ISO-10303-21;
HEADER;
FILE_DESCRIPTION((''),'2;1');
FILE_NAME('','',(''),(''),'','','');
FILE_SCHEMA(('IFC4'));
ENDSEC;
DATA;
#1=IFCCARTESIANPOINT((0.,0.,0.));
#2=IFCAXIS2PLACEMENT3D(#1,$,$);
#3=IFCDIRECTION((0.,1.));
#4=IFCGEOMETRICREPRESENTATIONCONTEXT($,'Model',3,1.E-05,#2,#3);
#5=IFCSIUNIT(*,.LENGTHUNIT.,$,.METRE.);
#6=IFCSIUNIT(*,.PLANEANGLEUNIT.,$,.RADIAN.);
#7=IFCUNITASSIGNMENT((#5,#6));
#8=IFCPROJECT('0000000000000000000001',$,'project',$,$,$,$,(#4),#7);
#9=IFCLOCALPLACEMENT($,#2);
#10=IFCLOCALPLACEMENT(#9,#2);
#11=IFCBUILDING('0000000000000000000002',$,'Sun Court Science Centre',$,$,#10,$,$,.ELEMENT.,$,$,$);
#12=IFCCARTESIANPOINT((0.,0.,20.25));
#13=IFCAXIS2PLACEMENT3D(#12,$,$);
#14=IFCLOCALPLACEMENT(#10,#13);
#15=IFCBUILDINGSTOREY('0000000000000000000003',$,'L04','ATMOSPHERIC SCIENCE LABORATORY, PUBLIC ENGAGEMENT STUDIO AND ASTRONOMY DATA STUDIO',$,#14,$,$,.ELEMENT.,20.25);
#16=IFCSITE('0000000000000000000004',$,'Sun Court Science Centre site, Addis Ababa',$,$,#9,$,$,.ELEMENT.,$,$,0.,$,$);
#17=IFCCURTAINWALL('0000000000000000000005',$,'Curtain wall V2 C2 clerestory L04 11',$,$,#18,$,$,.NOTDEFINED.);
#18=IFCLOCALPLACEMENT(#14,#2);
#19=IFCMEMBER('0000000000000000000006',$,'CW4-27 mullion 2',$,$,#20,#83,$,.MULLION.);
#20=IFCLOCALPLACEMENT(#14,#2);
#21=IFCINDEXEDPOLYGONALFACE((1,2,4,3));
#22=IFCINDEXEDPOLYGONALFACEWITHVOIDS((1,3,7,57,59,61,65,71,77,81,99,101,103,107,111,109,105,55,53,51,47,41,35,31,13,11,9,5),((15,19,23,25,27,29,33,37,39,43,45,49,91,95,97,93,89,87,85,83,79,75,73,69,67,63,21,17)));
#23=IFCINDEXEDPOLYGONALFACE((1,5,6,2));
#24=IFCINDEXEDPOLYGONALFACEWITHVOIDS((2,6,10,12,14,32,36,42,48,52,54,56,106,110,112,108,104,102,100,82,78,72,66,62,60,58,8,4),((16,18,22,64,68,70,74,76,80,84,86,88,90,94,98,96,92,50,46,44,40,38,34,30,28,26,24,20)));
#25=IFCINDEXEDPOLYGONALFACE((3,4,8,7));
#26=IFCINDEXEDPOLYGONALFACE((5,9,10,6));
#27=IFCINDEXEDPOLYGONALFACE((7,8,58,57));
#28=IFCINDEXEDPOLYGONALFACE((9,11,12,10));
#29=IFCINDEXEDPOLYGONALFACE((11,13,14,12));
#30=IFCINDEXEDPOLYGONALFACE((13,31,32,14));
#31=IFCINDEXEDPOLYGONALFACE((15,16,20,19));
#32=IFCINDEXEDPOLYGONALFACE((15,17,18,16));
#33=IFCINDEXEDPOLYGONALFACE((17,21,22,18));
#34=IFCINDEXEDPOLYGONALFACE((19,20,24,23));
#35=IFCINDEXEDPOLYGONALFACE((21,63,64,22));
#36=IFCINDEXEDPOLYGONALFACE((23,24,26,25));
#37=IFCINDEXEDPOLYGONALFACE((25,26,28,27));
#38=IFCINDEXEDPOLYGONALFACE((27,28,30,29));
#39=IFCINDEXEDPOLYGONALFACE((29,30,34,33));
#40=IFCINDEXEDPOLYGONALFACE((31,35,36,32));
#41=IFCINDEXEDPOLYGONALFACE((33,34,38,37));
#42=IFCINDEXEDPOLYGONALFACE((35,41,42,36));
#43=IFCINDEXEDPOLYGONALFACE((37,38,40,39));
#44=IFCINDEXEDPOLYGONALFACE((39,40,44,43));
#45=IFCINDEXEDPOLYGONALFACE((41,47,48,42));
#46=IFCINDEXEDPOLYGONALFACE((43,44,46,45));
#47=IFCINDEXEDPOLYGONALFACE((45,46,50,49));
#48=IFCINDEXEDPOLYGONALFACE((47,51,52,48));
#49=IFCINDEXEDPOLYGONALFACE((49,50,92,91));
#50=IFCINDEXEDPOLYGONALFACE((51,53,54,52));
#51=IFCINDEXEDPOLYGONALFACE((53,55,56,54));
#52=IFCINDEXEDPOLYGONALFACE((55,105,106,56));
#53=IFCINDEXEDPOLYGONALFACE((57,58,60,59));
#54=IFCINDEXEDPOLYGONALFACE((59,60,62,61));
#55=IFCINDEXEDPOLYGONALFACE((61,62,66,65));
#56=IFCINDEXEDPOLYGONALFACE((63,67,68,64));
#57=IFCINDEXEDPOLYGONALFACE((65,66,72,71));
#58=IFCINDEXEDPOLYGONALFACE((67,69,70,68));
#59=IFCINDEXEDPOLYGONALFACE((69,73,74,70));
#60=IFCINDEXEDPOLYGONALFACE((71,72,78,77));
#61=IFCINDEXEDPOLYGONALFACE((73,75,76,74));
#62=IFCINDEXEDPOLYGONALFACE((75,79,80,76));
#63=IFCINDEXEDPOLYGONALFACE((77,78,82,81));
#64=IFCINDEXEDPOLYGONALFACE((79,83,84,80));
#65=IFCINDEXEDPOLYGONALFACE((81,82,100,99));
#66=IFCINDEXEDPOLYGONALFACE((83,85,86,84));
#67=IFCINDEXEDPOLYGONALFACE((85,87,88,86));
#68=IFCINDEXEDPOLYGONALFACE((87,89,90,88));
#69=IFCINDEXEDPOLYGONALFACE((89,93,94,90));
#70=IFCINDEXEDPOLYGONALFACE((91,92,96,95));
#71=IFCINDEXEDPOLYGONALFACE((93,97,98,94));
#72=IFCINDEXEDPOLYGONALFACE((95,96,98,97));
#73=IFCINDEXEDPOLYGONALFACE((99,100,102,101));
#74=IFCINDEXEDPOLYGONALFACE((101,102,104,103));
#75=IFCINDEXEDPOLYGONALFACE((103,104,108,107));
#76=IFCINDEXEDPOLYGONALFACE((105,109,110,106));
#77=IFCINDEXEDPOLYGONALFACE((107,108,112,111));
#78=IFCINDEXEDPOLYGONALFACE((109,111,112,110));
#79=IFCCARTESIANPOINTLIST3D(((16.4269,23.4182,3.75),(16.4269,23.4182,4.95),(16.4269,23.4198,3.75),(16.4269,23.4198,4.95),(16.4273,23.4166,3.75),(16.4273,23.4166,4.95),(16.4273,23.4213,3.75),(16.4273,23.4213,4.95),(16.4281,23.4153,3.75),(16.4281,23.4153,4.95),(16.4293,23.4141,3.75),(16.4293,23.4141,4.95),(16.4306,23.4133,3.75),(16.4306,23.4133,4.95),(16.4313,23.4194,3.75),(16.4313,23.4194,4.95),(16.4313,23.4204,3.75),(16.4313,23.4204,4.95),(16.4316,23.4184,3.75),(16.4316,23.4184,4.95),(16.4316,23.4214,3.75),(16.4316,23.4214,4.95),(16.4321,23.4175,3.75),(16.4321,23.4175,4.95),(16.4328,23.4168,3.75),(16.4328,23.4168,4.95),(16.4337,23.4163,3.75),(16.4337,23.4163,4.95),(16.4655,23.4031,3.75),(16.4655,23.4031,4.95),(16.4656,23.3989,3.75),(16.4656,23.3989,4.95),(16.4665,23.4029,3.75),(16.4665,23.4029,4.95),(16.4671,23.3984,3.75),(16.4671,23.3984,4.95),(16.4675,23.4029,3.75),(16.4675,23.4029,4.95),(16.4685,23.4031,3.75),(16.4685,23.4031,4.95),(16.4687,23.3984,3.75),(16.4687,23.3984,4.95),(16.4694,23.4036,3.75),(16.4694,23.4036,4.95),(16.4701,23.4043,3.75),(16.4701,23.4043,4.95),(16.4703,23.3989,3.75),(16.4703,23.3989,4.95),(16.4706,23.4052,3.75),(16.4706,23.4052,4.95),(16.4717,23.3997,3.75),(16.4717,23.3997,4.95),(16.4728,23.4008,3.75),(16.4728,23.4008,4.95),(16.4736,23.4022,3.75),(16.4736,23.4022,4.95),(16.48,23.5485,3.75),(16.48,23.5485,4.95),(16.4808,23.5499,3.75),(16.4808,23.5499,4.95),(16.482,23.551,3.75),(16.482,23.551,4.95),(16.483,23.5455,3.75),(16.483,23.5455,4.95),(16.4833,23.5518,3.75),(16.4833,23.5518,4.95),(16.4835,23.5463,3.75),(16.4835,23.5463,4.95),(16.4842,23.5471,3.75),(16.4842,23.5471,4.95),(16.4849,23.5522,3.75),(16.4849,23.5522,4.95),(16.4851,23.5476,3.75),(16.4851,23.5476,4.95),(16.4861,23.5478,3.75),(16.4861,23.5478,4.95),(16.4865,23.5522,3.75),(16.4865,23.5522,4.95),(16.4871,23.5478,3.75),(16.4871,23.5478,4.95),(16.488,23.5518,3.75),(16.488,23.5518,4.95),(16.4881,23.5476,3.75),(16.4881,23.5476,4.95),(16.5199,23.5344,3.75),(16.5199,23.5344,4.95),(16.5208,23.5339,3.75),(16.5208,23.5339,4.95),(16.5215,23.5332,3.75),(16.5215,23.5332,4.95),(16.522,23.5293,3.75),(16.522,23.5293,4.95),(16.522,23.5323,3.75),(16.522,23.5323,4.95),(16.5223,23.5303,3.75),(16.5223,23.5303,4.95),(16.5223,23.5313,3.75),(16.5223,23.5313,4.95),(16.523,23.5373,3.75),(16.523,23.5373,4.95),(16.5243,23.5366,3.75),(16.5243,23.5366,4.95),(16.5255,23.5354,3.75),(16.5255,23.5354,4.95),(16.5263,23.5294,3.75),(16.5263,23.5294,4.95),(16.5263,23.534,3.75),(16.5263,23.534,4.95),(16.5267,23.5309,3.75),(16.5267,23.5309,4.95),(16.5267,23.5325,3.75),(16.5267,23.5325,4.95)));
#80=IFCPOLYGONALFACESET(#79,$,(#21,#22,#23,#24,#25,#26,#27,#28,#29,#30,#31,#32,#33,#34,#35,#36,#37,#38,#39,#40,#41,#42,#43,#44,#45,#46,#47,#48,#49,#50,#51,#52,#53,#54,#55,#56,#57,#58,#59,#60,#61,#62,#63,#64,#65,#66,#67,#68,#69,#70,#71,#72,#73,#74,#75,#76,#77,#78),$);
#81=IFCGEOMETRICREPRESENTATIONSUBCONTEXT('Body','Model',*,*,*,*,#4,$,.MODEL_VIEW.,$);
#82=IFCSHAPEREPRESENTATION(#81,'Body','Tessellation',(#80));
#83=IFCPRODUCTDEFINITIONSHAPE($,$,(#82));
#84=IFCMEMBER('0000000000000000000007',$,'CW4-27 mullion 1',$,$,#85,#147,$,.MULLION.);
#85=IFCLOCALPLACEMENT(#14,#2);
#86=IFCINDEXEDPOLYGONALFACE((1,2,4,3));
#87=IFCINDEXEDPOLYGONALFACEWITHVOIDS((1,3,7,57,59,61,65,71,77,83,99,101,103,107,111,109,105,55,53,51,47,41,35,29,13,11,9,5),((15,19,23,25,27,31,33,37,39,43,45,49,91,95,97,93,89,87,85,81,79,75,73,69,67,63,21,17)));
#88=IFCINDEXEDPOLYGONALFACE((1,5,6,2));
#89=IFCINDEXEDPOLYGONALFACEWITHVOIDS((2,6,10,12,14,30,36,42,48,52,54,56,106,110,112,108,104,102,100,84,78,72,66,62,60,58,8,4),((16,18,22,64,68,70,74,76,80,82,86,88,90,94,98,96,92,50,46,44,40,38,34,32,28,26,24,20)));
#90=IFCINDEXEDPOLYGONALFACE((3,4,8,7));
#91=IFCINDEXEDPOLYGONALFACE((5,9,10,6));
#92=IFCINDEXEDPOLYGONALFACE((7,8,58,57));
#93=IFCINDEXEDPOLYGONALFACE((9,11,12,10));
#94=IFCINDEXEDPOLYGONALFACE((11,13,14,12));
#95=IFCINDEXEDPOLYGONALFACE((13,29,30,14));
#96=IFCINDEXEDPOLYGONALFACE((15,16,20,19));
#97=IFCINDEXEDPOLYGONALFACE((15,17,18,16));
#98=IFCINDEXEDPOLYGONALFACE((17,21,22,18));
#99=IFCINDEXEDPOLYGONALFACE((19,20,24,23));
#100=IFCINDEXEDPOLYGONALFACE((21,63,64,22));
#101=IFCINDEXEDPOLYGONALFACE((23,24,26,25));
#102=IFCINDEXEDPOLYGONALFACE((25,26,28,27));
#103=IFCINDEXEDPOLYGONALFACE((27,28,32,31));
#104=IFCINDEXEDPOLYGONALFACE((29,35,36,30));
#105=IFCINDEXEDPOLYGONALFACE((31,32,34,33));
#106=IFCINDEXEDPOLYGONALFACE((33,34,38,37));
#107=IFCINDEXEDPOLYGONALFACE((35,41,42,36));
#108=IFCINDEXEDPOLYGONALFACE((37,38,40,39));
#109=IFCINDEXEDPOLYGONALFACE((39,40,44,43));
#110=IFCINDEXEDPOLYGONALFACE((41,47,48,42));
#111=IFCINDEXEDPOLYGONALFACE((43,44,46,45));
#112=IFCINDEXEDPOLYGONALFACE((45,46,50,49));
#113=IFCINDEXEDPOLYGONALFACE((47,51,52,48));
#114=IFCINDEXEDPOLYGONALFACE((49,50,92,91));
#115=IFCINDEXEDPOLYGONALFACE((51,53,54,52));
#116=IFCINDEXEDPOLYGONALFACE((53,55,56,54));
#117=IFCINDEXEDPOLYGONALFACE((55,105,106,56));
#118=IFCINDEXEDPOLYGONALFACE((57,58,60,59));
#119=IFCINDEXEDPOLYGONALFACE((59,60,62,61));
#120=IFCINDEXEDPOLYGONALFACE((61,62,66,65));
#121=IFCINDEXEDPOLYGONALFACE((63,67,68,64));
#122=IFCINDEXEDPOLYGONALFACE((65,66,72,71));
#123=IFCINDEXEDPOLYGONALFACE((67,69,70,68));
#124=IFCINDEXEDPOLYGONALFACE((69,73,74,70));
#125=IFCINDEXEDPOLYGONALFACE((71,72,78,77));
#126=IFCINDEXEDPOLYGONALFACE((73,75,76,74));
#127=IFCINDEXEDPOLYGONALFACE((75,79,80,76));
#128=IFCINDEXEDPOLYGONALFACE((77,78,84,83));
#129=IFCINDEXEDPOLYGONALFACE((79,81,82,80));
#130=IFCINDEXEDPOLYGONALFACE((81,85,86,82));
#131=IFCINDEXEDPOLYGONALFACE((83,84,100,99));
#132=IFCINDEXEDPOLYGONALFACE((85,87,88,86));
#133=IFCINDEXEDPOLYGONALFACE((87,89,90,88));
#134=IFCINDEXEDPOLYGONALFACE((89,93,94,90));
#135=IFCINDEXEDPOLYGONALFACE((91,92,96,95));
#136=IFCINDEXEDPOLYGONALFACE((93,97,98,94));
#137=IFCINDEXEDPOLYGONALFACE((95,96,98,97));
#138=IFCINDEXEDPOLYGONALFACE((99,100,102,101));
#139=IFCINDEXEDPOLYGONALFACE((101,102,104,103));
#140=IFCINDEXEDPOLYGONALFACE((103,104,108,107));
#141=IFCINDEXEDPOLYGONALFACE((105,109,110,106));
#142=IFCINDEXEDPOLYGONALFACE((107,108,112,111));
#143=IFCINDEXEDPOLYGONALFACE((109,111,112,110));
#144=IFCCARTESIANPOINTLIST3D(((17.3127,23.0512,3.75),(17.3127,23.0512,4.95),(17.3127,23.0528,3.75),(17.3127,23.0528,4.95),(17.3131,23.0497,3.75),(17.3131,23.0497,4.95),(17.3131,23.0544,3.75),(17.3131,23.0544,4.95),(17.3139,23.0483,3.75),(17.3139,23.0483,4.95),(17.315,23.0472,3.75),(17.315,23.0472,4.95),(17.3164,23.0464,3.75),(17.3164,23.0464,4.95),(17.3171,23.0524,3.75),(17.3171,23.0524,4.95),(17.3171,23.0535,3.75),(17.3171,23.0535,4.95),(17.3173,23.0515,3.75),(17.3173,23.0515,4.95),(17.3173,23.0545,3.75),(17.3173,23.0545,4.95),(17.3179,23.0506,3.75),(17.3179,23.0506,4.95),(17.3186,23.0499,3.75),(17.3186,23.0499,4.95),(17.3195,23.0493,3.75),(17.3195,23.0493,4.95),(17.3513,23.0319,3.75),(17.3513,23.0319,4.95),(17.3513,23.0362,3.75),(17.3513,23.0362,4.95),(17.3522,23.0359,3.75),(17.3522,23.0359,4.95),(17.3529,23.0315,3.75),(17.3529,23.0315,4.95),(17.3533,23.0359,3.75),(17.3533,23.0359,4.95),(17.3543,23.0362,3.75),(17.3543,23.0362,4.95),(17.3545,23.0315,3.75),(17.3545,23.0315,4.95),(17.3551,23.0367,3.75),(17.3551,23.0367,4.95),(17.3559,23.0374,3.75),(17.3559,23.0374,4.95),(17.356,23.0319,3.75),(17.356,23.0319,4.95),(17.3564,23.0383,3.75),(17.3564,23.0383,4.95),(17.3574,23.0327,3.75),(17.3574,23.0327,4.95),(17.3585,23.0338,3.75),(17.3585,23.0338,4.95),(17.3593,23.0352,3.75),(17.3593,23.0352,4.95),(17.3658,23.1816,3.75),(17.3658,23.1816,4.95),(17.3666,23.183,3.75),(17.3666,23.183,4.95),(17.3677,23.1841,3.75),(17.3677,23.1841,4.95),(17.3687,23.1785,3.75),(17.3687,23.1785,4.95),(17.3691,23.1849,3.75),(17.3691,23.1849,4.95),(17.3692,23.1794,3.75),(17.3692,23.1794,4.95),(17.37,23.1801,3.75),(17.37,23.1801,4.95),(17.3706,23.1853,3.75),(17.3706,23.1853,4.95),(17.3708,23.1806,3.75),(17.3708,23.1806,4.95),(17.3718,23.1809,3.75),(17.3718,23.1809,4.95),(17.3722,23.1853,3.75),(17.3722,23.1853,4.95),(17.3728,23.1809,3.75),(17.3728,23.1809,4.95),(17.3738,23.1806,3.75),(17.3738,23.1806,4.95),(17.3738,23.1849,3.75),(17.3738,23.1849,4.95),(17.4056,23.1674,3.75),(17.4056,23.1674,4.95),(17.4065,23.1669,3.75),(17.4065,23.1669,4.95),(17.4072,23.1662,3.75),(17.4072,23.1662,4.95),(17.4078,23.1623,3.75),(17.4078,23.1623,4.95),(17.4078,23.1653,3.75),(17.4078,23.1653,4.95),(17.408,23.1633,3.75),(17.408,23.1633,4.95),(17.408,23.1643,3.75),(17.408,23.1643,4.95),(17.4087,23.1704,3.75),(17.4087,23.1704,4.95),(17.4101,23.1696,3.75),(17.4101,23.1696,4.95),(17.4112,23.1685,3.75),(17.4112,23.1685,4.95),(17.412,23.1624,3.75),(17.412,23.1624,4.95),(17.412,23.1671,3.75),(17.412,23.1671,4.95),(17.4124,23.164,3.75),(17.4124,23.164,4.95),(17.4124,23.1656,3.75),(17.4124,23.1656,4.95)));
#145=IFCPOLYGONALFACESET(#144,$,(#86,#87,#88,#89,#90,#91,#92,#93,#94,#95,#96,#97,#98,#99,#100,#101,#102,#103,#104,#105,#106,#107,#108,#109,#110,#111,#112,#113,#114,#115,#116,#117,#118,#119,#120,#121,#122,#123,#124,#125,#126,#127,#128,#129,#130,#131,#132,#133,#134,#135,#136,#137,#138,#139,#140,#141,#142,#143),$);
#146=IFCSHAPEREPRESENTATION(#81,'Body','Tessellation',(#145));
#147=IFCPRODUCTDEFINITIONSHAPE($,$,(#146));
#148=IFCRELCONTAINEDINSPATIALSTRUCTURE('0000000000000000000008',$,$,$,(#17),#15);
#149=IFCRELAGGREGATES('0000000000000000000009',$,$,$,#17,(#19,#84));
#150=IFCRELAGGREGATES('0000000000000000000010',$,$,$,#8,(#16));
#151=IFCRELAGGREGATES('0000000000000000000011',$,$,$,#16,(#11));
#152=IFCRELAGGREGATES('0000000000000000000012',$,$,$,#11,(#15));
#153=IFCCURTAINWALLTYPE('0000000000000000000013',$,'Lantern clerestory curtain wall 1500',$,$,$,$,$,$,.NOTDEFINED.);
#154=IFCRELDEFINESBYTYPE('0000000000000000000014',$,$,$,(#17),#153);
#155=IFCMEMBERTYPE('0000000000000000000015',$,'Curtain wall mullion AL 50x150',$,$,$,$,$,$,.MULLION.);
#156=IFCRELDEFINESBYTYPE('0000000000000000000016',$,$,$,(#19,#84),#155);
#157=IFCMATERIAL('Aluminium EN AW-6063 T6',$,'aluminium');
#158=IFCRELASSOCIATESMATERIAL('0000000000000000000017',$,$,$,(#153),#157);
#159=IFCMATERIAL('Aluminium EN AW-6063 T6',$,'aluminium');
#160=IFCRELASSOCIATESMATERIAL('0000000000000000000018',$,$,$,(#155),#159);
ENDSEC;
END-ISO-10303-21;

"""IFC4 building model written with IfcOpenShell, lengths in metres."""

from ifc_helpers import new_model, si_unit, direction, frame, origin, origin_2d, place, context, subcontext, project, spatial, hollow_rectangle, extrude, material, material_profile, profile_set, type_object, element, aggregate, save


model = new_model("IFC4")

# Units and contexts
model_context = context("Model", 3, precision=1e-05, world=origin(), true_north=direction((0.0, 1.0)))
body_context = subcontext(model_context, "Body", "Model", "MODEL_VIEW")
ifc_project = project(units=[si_unit("LENGTHUNIT", "METRE"), si_unit("PLANEANGLEUNIT", "RADIAN")], contexts=[model_context])

# Site, building, storey
site_placement = place(None, origin())
site = spatial("IfcSite", under=ifc_project, at=site_placement, Name="Sun Court Science Centre site, Addis Ababa", CompositionType="ELEMENT", RefElevation=0.0)
building_placement = place(site_placement, origin())
building = spatial("IfcBuilding", under=site, at=building_placement, Name="Sun Court Science Centre", CompositionType="ELEMENT")
storey_placement = place(building_placement, frame((0.0, 0.0, 20.25)))
storey = spatial("IfcBuildingStorey", under=building, at=storey_placement, Name="L04", Description="ATMOSPHERIC SCIENCE LABORATORY, PUBLIC ENGAGEMENT STUDIO AND ASTRONOMY DATA STUDIO", CompositionType="ELEMENT", Elevation=20.25)

# Curtain wall, members
ifc_material_1 = material(Name="Aluminium EN AW-6063 T6", Category="aluminium")
curtain_wall_type = type_object("IfcCurtainWallType", Name="Lantern clerestory curtain wall 1500", PredefinedType="NOTDEFINED", material=ifc_material_1)
ifc_material_2 = material(Name="Aluminium EN AW-6063 T6", Category="aluminium")
ifc_material_profile_1 = material_profile(ifc_material_2, hollow_rectangle(XDim=0.05, YDim=0.1499, WallThickness=0.0039, InnerFilletRadius=0.0039, OuterFilletRadius=0.0061, at=origin_2d()), Name="AL 50x150x4")
ifc_profile_set_1 = profile_set([ifc_material_profile_1], Name="Aluminium EN AW-6063 T6")
member_type_1 = type_object("IfcMemberType", Name="Curtain wall mullion AL 50x150", PredefinedType="MULLION", material=ifc_profile_set_1)
curtain_wall_1_placement = place(storey_placement, origin())
curtain_wall_1 = element("IfcCurtainWall", 1, at=curtain_wall_1_placement, inside=storey, type_object=curtain_wall_type, Name="Curtain wall V2 C2 clerestory L04 11", PredefinedType="NOTDEFINED")
member_1_placement = place(storey_placement, frame((16.4768, 23.4753, 3.75), z_axis=(0.0, 0.0, 1.0), x_axis=(-0.92388, 0.382683, 0.0)))
member_1 = element("IfcMember", 2, at=member_1_placement, type_object=member_type_1, Name="CW4-27 mullion 2", PredefinedType="MULLION", context=body_context, shape_type="SweptSolid", body=[
    extrude(hollow_rectangle(XDim=0.05, YDim=0.1499, WallThickness=0.0039, InnerFilletRadius=0.0039, OuterFilletRadius=0.0061, at=origin_2d()), origin(), (0.0, 0.0, 1.0), 1.2),
])
member_2_placement = place(storey_placement, frame((17.3625, 23.1084, 3.75), z_axis=(0.0, 0.0, 1.0), x_axis=(-0.92388, 0.382683, 0.0)))
member_2 = element("IfcMember", 3, at=member_2_placement, type_object=member_type_1, Name="CW4-27 mullion 1", PredefinedType="MULLION", context=body_context, shape_type="SweptSolid", body=[
    extrude(hollow_rectangle(XDim=0.05, YDim=0.1499, WallThickness=0.0039, InnerFilletRadius=0.0039, OuterFilletRadius=0.0061, at=origin_2d()), origin(), (0.0, 0.0, 1.0), 1.2),
])

aggregate(curtain_wall_1, [member_1, member_2])

save(model, "model.ifc")
